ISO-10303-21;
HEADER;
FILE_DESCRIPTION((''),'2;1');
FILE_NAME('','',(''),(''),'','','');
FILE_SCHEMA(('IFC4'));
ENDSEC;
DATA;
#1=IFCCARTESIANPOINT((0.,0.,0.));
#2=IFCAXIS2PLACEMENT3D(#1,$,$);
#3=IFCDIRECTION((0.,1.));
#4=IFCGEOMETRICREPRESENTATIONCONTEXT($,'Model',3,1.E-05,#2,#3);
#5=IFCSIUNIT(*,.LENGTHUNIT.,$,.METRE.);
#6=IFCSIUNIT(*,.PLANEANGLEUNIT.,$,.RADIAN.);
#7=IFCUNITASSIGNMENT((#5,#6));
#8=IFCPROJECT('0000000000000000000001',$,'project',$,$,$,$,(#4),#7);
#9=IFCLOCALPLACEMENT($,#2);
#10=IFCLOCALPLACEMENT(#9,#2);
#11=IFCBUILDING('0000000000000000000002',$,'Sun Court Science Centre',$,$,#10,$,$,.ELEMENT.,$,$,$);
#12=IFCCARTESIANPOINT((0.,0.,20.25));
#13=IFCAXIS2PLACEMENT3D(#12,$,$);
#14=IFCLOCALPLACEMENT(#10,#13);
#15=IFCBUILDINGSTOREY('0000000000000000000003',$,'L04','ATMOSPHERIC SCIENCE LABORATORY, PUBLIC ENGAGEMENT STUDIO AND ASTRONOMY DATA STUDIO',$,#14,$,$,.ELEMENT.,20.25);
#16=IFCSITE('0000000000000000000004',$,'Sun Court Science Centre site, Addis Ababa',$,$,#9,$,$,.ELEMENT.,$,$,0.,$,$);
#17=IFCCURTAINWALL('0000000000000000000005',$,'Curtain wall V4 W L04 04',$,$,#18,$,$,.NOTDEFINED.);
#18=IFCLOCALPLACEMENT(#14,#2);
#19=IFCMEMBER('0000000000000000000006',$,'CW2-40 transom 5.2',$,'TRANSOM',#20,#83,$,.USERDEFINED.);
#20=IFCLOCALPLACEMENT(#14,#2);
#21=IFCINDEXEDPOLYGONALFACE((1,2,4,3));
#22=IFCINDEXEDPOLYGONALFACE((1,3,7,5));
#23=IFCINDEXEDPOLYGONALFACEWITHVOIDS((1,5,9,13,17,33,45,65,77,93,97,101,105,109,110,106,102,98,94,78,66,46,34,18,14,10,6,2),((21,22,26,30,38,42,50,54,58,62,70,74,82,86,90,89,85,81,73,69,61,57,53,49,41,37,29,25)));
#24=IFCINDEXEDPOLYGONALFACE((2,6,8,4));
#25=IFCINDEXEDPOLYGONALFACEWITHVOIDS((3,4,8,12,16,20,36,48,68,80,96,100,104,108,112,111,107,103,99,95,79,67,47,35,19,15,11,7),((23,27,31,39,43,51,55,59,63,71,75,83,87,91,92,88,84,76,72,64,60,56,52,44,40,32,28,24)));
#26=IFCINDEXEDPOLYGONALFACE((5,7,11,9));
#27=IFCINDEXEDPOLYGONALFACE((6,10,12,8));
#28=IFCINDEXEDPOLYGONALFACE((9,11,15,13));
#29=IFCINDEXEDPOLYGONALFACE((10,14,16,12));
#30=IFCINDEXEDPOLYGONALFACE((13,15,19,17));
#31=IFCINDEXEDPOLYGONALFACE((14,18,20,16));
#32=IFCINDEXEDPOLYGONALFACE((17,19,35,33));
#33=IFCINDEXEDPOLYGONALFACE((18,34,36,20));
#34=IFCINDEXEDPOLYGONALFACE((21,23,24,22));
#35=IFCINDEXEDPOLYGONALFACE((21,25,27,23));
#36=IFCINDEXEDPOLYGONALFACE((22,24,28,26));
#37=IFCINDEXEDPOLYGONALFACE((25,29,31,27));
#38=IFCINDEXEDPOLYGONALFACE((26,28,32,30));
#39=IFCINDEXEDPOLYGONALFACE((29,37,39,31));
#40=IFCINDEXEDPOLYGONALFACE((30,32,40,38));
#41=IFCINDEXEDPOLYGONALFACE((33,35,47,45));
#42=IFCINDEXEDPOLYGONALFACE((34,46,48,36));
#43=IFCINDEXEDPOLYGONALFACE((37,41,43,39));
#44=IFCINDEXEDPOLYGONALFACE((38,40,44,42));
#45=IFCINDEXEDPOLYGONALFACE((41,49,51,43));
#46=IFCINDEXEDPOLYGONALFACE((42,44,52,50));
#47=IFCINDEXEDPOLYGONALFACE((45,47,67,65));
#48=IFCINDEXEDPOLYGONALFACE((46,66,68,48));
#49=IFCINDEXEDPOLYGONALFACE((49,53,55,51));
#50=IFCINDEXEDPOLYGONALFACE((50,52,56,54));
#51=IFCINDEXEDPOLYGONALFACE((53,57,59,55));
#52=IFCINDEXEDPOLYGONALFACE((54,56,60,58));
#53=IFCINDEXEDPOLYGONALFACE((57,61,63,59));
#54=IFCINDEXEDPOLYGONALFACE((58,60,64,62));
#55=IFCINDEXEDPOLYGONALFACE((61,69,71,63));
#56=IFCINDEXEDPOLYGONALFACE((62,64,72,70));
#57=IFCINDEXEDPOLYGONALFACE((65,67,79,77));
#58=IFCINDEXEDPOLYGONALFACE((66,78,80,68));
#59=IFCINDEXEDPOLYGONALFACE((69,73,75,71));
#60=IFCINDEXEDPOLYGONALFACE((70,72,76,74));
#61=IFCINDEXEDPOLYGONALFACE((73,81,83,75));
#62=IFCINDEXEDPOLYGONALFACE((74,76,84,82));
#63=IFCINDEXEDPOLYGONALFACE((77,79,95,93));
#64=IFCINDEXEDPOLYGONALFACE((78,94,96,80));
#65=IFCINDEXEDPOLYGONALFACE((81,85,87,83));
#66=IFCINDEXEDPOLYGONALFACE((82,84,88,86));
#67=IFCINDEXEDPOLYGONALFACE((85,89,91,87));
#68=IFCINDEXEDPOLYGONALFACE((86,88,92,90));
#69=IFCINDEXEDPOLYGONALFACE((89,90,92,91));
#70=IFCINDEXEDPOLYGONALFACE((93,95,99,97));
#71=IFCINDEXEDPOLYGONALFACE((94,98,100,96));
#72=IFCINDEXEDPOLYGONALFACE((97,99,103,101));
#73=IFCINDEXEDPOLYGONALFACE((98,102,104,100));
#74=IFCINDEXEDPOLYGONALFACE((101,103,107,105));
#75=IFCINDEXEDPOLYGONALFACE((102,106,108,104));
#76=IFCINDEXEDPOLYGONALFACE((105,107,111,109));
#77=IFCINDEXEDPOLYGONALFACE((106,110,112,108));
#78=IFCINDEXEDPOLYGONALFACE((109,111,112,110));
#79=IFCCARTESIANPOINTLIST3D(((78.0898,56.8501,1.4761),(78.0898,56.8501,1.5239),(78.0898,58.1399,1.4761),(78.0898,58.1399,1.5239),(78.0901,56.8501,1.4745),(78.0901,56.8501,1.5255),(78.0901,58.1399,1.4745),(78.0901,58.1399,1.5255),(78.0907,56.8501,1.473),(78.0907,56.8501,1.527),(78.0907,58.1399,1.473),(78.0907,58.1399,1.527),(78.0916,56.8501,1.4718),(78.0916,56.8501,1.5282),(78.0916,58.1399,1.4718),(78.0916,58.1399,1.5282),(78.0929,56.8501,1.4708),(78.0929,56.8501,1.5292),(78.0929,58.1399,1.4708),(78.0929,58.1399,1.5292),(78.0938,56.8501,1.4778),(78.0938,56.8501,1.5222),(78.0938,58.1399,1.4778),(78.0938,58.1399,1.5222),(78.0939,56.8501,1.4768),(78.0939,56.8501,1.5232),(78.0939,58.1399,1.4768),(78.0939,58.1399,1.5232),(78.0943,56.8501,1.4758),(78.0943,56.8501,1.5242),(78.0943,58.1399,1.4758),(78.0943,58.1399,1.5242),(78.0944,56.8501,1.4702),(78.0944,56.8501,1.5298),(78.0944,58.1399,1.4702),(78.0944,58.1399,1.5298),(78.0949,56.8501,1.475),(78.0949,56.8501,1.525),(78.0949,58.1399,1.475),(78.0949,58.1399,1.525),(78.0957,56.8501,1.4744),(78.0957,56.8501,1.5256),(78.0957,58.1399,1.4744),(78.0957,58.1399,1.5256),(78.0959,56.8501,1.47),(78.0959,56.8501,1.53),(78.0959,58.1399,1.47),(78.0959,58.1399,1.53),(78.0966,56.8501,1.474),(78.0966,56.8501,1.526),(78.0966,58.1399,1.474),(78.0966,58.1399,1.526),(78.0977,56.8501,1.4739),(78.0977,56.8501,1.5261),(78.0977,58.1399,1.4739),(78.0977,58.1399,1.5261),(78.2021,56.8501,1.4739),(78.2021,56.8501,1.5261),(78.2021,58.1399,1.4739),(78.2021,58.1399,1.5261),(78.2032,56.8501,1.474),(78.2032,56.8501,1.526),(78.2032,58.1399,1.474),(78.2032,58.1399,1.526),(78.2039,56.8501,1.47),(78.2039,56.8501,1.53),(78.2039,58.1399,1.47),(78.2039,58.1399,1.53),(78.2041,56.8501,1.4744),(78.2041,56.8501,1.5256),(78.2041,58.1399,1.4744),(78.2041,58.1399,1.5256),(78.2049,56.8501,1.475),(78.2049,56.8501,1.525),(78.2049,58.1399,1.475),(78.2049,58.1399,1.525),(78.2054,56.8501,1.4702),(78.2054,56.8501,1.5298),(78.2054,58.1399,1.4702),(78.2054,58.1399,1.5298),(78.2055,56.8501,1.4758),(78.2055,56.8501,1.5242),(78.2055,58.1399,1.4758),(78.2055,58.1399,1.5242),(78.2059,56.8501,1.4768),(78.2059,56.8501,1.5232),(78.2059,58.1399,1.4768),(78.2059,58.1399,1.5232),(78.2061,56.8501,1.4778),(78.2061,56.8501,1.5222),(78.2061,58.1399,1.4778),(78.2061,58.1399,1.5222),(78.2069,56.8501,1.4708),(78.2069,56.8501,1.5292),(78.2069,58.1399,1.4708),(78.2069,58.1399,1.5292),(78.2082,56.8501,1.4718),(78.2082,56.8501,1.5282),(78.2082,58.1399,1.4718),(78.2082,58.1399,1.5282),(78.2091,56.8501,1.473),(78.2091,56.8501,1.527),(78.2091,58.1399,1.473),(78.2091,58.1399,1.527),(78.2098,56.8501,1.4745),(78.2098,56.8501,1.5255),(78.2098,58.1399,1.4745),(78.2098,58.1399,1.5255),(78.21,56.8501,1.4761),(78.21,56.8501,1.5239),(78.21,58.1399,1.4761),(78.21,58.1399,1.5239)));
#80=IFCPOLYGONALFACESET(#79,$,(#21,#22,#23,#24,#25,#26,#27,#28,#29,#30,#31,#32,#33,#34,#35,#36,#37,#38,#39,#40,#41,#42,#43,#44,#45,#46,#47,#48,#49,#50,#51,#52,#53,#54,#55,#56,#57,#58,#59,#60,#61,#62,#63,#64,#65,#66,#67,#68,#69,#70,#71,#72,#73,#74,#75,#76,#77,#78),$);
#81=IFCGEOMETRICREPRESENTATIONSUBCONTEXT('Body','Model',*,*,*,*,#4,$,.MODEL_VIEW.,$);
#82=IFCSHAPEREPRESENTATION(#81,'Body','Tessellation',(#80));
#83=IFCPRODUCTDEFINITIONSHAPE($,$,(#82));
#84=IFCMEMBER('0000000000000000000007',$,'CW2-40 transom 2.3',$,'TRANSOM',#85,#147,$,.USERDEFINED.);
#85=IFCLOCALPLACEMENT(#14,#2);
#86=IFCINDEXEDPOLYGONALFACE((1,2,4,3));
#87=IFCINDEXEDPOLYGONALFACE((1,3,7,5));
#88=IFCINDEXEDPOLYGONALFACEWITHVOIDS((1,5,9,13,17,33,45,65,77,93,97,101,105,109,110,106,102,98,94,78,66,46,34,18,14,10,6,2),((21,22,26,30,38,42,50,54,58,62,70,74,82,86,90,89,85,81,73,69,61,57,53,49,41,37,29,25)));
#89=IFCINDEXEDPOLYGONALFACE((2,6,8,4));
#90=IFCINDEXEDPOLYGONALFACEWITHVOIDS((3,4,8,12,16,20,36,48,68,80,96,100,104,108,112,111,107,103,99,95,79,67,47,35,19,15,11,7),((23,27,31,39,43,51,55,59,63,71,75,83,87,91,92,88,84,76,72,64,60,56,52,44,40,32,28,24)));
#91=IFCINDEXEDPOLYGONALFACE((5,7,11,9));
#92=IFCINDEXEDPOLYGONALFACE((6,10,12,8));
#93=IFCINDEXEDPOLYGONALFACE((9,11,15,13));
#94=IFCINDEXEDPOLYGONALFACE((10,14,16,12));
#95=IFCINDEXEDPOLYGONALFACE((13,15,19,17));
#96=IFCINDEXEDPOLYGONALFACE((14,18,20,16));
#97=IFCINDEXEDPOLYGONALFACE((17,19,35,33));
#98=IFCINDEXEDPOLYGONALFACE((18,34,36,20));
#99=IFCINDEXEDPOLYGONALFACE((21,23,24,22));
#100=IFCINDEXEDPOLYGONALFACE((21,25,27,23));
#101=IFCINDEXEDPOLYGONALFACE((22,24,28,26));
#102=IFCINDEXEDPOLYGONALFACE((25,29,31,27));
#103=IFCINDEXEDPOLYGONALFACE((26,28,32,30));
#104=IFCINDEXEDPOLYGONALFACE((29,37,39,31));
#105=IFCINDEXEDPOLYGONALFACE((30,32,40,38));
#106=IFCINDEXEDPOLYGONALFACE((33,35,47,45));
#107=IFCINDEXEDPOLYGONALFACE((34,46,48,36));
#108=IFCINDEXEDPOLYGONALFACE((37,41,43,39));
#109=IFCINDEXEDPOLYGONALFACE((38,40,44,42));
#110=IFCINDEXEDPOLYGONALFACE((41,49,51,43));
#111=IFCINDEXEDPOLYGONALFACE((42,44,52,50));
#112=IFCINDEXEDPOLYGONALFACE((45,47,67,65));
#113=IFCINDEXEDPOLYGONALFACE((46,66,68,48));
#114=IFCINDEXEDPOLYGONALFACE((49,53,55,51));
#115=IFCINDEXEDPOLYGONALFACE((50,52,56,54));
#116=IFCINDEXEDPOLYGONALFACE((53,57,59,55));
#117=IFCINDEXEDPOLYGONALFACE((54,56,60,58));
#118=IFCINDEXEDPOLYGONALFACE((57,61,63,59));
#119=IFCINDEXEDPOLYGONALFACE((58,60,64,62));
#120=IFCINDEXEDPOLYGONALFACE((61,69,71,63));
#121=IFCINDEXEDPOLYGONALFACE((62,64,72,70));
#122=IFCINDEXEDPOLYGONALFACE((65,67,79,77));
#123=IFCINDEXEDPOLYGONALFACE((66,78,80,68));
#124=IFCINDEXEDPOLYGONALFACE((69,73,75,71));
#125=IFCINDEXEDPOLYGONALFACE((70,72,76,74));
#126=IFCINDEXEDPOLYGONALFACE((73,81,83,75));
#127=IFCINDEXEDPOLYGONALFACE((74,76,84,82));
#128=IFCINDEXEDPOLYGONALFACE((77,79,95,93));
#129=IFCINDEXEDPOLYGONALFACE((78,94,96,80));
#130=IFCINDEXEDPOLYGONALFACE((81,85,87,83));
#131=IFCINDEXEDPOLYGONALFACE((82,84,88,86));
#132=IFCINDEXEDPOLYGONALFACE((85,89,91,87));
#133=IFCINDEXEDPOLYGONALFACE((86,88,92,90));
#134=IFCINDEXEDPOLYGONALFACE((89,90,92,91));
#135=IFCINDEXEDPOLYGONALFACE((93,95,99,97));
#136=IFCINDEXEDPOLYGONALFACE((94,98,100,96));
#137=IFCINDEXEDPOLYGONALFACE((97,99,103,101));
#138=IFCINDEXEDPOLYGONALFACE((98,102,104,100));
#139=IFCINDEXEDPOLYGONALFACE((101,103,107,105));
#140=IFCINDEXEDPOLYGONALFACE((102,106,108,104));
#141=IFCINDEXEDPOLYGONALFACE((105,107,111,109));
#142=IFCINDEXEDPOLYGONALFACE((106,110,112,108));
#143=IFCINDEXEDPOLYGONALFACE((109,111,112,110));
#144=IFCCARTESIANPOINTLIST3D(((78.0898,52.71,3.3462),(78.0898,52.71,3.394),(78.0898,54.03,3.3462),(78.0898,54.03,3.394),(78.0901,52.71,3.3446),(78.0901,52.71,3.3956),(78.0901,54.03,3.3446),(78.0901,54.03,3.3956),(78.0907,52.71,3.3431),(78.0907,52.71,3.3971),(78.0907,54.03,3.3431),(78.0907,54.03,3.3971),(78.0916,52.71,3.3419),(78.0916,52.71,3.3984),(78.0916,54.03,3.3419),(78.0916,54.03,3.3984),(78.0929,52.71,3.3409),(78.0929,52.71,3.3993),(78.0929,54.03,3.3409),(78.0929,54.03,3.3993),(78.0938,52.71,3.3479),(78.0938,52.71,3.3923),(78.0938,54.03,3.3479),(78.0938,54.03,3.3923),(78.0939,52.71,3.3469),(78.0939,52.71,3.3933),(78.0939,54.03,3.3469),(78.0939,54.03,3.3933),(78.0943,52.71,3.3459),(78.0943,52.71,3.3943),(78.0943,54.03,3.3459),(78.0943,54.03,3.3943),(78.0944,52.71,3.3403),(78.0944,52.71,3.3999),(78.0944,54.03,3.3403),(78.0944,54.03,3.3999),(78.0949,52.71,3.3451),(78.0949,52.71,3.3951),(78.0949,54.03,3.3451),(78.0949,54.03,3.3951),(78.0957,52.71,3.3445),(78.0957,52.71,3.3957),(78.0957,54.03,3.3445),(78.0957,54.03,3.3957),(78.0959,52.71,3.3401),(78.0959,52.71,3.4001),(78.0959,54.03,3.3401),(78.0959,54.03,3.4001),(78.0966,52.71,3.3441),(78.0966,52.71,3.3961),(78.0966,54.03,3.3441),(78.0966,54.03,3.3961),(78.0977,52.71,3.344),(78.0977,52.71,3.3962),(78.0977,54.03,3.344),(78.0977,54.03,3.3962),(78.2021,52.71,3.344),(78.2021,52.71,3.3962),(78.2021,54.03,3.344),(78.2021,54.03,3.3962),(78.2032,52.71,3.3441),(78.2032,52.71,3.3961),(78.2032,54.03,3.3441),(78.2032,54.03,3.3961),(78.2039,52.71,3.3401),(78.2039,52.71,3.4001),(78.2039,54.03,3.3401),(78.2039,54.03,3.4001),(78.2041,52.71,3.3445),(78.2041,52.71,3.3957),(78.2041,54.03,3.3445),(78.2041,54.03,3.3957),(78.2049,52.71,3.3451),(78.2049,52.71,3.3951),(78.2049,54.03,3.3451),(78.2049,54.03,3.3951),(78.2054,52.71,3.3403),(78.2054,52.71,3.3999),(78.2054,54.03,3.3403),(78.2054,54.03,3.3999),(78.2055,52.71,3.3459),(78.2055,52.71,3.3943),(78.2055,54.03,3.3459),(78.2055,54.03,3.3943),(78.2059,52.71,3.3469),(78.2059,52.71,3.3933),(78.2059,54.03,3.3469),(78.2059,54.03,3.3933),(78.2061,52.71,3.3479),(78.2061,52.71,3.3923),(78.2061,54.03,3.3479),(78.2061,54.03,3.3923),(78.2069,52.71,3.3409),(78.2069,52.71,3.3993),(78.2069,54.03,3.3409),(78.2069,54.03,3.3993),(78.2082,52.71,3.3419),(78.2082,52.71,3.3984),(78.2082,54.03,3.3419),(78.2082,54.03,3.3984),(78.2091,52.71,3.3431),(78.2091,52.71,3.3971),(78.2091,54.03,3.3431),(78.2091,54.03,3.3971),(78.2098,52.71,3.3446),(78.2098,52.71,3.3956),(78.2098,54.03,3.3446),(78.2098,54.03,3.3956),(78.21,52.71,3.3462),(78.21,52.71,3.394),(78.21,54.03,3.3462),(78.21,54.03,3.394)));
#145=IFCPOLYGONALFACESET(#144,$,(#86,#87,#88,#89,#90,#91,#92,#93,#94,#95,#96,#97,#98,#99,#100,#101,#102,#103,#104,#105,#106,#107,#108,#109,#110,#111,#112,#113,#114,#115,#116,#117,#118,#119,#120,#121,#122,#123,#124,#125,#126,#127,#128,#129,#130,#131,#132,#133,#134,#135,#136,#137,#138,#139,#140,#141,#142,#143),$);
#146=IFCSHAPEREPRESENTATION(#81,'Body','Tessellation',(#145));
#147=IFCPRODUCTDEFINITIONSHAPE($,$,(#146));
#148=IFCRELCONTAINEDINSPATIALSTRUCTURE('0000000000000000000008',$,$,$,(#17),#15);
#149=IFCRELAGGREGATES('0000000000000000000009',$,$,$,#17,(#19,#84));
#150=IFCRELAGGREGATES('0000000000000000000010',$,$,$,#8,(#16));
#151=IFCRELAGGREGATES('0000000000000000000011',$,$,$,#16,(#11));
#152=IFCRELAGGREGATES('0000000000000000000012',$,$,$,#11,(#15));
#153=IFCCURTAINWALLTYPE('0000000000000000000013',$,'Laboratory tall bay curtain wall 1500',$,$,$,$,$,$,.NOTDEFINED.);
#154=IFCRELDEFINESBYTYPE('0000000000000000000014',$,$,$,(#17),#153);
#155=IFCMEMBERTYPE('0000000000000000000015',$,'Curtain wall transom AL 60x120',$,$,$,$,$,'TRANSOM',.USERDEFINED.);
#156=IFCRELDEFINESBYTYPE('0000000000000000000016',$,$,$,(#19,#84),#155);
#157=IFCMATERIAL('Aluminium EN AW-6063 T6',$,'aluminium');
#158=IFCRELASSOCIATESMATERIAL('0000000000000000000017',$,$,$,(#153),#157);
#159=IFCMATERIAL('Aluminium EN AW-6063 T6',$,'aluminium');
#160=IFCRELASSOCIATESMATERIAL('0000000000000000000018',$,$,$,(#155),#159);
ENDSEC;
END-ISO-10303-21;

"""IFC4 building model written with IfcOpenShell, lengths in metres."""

from ifc_helpers import new_model, si_unit, direction, frame, origin, origin_2d, place, context, subcontext, project, spatial, hollow_rectangle, extrude, material, material_profile, profile_set, type_object, element, aggregate, save


model = new_model("IFC4")

# Units and contexts
model_context = context("Model", 3, precision=1e-05, world=origin(), true_north=direction((0.0, 1.0)))
body_context = subcontext(model_context, "Body", "Model", "MODEL_VIEW")
ifc_project = project(units=[si_unit("LENGTHUNIT", "METRE"), si_unit("PLANEANGLEUNIT", "RADIAN")], contexts=[model_context])

# Site, building, storey
site_placement = place(None, origin())
site = spatial("IfcSite", under=ifc_project, at=site_placement, Name="Sun Court Science Centre site, Addis Ababa", CompositionType="ELEMENT", RefElevation=0.0)
building_placement = place(site_placement, origin())
building = spatial("IfcBuilding", under=site, at=building_placement, Name="Sun Court Science Centre", CompositionType="ELEMENT")
storey_placement = place(building_placement, frame((0.0, 0.0, 20.25)))
storey = spatial("IfcBuildingStorey", under=building, at=storey_placement, Name="L04", Description="ATMOSPHERIC SCIENCE LABORATORY, PUBLIC ENGAGEMENT STUDIO AND ASTRONOMY DATA STUDIO", CompositionType="ELEMENT", Elevation=20.25)

# Curtain wall
ifc_material_1 = material(Name="Aluminium EN AW-6063 T6", Category="aluminium")
curtain_wall_type = type_object("IfcCurtainWallType", Name="Laboratory tall bay curtain wall 1500", PredefinedType="NOTDEFINED", material=ifc_material_1)
curtain_wall_1_placement = place(storey_placement, origin())
curtain_wall_1 = element("IfcCurtainWall", 1, at=curtain_wall_1_placement, inside=storey, type_object=curtain_wall_type, Name="Curtain wall V4 W L04 04", PredefinedType="NOTDEFINED")

# Members
ifc_material_2 = material(Name="Aluminium EN AW-6063 T6", Category="aluminium")
ifc_material_profile_1 = material_profile(ifc_material_2, hollow_rectangle(XDim=0.0601, YDim=0.1201, WallThickness=0.0039, InnerFilletRadius=0.0039, OuterFilletRadius=0.0061, at=origin_2d()), Name="AL 60x120x4")
ifc_profile_set_1 = profile_set([ifc_material_profile_1], Name="Aluminium EN AW-6063 T6")
member_type_1 = type_object("IfcMemberType", Name="Curtain wall transom AL 60x120", ElementType="TRANSOM", PredefinedType="USERDEFINED", material=ifc_profile_set_1)
member_1_placement = place(storey_placement, frame((78.1499, 56.8501, 1.5), z_axis=(0.0, 1.0, 0.0), x_axis=(0.0, 0.0, 1.0)))
member_1 = element("IfcMember", 2, at=member_1_placement, type_object=member_type_1, Name="CW2-40 transom 5.2", ObjectType="TRANSOM", PredefinedType="USERDEFINED", context=body_context, shape_type="SweptSolid", body=[
    extrude(hollow_rectangle(XDim=0.0601, YDim=0.1201, WallThickness=0.0039, InnerFilletRadius=0.0039, OuterFilletRadius=0.0061, at=origin_2d()), origin(), (0.0, 0.0, 1.0), 1.2898),
])
member_2_placement = place(storey_placement, frame((78.1499, 52.71, 3.3701), z_axis=(0.0, 1.0, 0.0), x_axis=(0.0, 0.0, 1.0)))
member_2 = element("IfcMember", 3, at=member_2_placement, type_object=member_type_1, Name="CW2-40 transom 2.3", ObjectType="TRANSOM", PredefinedType="USERDEFINED", context=body_context, shape_type="SweptSolid", body=[
    extrude(hollow_rectangle(XDim=0.0601, YDim=0.1201, WallThickness=0.0039, InnerFilletRadius=0.0039, OuterFilletRadius=0.0061, at=origin_2d()), origin(), (0.0, 0.0, 1.0), 1.3201),
])

aggregate(curtain_wall_1, [member_1, member_2])

save(model, "model.ifc")
